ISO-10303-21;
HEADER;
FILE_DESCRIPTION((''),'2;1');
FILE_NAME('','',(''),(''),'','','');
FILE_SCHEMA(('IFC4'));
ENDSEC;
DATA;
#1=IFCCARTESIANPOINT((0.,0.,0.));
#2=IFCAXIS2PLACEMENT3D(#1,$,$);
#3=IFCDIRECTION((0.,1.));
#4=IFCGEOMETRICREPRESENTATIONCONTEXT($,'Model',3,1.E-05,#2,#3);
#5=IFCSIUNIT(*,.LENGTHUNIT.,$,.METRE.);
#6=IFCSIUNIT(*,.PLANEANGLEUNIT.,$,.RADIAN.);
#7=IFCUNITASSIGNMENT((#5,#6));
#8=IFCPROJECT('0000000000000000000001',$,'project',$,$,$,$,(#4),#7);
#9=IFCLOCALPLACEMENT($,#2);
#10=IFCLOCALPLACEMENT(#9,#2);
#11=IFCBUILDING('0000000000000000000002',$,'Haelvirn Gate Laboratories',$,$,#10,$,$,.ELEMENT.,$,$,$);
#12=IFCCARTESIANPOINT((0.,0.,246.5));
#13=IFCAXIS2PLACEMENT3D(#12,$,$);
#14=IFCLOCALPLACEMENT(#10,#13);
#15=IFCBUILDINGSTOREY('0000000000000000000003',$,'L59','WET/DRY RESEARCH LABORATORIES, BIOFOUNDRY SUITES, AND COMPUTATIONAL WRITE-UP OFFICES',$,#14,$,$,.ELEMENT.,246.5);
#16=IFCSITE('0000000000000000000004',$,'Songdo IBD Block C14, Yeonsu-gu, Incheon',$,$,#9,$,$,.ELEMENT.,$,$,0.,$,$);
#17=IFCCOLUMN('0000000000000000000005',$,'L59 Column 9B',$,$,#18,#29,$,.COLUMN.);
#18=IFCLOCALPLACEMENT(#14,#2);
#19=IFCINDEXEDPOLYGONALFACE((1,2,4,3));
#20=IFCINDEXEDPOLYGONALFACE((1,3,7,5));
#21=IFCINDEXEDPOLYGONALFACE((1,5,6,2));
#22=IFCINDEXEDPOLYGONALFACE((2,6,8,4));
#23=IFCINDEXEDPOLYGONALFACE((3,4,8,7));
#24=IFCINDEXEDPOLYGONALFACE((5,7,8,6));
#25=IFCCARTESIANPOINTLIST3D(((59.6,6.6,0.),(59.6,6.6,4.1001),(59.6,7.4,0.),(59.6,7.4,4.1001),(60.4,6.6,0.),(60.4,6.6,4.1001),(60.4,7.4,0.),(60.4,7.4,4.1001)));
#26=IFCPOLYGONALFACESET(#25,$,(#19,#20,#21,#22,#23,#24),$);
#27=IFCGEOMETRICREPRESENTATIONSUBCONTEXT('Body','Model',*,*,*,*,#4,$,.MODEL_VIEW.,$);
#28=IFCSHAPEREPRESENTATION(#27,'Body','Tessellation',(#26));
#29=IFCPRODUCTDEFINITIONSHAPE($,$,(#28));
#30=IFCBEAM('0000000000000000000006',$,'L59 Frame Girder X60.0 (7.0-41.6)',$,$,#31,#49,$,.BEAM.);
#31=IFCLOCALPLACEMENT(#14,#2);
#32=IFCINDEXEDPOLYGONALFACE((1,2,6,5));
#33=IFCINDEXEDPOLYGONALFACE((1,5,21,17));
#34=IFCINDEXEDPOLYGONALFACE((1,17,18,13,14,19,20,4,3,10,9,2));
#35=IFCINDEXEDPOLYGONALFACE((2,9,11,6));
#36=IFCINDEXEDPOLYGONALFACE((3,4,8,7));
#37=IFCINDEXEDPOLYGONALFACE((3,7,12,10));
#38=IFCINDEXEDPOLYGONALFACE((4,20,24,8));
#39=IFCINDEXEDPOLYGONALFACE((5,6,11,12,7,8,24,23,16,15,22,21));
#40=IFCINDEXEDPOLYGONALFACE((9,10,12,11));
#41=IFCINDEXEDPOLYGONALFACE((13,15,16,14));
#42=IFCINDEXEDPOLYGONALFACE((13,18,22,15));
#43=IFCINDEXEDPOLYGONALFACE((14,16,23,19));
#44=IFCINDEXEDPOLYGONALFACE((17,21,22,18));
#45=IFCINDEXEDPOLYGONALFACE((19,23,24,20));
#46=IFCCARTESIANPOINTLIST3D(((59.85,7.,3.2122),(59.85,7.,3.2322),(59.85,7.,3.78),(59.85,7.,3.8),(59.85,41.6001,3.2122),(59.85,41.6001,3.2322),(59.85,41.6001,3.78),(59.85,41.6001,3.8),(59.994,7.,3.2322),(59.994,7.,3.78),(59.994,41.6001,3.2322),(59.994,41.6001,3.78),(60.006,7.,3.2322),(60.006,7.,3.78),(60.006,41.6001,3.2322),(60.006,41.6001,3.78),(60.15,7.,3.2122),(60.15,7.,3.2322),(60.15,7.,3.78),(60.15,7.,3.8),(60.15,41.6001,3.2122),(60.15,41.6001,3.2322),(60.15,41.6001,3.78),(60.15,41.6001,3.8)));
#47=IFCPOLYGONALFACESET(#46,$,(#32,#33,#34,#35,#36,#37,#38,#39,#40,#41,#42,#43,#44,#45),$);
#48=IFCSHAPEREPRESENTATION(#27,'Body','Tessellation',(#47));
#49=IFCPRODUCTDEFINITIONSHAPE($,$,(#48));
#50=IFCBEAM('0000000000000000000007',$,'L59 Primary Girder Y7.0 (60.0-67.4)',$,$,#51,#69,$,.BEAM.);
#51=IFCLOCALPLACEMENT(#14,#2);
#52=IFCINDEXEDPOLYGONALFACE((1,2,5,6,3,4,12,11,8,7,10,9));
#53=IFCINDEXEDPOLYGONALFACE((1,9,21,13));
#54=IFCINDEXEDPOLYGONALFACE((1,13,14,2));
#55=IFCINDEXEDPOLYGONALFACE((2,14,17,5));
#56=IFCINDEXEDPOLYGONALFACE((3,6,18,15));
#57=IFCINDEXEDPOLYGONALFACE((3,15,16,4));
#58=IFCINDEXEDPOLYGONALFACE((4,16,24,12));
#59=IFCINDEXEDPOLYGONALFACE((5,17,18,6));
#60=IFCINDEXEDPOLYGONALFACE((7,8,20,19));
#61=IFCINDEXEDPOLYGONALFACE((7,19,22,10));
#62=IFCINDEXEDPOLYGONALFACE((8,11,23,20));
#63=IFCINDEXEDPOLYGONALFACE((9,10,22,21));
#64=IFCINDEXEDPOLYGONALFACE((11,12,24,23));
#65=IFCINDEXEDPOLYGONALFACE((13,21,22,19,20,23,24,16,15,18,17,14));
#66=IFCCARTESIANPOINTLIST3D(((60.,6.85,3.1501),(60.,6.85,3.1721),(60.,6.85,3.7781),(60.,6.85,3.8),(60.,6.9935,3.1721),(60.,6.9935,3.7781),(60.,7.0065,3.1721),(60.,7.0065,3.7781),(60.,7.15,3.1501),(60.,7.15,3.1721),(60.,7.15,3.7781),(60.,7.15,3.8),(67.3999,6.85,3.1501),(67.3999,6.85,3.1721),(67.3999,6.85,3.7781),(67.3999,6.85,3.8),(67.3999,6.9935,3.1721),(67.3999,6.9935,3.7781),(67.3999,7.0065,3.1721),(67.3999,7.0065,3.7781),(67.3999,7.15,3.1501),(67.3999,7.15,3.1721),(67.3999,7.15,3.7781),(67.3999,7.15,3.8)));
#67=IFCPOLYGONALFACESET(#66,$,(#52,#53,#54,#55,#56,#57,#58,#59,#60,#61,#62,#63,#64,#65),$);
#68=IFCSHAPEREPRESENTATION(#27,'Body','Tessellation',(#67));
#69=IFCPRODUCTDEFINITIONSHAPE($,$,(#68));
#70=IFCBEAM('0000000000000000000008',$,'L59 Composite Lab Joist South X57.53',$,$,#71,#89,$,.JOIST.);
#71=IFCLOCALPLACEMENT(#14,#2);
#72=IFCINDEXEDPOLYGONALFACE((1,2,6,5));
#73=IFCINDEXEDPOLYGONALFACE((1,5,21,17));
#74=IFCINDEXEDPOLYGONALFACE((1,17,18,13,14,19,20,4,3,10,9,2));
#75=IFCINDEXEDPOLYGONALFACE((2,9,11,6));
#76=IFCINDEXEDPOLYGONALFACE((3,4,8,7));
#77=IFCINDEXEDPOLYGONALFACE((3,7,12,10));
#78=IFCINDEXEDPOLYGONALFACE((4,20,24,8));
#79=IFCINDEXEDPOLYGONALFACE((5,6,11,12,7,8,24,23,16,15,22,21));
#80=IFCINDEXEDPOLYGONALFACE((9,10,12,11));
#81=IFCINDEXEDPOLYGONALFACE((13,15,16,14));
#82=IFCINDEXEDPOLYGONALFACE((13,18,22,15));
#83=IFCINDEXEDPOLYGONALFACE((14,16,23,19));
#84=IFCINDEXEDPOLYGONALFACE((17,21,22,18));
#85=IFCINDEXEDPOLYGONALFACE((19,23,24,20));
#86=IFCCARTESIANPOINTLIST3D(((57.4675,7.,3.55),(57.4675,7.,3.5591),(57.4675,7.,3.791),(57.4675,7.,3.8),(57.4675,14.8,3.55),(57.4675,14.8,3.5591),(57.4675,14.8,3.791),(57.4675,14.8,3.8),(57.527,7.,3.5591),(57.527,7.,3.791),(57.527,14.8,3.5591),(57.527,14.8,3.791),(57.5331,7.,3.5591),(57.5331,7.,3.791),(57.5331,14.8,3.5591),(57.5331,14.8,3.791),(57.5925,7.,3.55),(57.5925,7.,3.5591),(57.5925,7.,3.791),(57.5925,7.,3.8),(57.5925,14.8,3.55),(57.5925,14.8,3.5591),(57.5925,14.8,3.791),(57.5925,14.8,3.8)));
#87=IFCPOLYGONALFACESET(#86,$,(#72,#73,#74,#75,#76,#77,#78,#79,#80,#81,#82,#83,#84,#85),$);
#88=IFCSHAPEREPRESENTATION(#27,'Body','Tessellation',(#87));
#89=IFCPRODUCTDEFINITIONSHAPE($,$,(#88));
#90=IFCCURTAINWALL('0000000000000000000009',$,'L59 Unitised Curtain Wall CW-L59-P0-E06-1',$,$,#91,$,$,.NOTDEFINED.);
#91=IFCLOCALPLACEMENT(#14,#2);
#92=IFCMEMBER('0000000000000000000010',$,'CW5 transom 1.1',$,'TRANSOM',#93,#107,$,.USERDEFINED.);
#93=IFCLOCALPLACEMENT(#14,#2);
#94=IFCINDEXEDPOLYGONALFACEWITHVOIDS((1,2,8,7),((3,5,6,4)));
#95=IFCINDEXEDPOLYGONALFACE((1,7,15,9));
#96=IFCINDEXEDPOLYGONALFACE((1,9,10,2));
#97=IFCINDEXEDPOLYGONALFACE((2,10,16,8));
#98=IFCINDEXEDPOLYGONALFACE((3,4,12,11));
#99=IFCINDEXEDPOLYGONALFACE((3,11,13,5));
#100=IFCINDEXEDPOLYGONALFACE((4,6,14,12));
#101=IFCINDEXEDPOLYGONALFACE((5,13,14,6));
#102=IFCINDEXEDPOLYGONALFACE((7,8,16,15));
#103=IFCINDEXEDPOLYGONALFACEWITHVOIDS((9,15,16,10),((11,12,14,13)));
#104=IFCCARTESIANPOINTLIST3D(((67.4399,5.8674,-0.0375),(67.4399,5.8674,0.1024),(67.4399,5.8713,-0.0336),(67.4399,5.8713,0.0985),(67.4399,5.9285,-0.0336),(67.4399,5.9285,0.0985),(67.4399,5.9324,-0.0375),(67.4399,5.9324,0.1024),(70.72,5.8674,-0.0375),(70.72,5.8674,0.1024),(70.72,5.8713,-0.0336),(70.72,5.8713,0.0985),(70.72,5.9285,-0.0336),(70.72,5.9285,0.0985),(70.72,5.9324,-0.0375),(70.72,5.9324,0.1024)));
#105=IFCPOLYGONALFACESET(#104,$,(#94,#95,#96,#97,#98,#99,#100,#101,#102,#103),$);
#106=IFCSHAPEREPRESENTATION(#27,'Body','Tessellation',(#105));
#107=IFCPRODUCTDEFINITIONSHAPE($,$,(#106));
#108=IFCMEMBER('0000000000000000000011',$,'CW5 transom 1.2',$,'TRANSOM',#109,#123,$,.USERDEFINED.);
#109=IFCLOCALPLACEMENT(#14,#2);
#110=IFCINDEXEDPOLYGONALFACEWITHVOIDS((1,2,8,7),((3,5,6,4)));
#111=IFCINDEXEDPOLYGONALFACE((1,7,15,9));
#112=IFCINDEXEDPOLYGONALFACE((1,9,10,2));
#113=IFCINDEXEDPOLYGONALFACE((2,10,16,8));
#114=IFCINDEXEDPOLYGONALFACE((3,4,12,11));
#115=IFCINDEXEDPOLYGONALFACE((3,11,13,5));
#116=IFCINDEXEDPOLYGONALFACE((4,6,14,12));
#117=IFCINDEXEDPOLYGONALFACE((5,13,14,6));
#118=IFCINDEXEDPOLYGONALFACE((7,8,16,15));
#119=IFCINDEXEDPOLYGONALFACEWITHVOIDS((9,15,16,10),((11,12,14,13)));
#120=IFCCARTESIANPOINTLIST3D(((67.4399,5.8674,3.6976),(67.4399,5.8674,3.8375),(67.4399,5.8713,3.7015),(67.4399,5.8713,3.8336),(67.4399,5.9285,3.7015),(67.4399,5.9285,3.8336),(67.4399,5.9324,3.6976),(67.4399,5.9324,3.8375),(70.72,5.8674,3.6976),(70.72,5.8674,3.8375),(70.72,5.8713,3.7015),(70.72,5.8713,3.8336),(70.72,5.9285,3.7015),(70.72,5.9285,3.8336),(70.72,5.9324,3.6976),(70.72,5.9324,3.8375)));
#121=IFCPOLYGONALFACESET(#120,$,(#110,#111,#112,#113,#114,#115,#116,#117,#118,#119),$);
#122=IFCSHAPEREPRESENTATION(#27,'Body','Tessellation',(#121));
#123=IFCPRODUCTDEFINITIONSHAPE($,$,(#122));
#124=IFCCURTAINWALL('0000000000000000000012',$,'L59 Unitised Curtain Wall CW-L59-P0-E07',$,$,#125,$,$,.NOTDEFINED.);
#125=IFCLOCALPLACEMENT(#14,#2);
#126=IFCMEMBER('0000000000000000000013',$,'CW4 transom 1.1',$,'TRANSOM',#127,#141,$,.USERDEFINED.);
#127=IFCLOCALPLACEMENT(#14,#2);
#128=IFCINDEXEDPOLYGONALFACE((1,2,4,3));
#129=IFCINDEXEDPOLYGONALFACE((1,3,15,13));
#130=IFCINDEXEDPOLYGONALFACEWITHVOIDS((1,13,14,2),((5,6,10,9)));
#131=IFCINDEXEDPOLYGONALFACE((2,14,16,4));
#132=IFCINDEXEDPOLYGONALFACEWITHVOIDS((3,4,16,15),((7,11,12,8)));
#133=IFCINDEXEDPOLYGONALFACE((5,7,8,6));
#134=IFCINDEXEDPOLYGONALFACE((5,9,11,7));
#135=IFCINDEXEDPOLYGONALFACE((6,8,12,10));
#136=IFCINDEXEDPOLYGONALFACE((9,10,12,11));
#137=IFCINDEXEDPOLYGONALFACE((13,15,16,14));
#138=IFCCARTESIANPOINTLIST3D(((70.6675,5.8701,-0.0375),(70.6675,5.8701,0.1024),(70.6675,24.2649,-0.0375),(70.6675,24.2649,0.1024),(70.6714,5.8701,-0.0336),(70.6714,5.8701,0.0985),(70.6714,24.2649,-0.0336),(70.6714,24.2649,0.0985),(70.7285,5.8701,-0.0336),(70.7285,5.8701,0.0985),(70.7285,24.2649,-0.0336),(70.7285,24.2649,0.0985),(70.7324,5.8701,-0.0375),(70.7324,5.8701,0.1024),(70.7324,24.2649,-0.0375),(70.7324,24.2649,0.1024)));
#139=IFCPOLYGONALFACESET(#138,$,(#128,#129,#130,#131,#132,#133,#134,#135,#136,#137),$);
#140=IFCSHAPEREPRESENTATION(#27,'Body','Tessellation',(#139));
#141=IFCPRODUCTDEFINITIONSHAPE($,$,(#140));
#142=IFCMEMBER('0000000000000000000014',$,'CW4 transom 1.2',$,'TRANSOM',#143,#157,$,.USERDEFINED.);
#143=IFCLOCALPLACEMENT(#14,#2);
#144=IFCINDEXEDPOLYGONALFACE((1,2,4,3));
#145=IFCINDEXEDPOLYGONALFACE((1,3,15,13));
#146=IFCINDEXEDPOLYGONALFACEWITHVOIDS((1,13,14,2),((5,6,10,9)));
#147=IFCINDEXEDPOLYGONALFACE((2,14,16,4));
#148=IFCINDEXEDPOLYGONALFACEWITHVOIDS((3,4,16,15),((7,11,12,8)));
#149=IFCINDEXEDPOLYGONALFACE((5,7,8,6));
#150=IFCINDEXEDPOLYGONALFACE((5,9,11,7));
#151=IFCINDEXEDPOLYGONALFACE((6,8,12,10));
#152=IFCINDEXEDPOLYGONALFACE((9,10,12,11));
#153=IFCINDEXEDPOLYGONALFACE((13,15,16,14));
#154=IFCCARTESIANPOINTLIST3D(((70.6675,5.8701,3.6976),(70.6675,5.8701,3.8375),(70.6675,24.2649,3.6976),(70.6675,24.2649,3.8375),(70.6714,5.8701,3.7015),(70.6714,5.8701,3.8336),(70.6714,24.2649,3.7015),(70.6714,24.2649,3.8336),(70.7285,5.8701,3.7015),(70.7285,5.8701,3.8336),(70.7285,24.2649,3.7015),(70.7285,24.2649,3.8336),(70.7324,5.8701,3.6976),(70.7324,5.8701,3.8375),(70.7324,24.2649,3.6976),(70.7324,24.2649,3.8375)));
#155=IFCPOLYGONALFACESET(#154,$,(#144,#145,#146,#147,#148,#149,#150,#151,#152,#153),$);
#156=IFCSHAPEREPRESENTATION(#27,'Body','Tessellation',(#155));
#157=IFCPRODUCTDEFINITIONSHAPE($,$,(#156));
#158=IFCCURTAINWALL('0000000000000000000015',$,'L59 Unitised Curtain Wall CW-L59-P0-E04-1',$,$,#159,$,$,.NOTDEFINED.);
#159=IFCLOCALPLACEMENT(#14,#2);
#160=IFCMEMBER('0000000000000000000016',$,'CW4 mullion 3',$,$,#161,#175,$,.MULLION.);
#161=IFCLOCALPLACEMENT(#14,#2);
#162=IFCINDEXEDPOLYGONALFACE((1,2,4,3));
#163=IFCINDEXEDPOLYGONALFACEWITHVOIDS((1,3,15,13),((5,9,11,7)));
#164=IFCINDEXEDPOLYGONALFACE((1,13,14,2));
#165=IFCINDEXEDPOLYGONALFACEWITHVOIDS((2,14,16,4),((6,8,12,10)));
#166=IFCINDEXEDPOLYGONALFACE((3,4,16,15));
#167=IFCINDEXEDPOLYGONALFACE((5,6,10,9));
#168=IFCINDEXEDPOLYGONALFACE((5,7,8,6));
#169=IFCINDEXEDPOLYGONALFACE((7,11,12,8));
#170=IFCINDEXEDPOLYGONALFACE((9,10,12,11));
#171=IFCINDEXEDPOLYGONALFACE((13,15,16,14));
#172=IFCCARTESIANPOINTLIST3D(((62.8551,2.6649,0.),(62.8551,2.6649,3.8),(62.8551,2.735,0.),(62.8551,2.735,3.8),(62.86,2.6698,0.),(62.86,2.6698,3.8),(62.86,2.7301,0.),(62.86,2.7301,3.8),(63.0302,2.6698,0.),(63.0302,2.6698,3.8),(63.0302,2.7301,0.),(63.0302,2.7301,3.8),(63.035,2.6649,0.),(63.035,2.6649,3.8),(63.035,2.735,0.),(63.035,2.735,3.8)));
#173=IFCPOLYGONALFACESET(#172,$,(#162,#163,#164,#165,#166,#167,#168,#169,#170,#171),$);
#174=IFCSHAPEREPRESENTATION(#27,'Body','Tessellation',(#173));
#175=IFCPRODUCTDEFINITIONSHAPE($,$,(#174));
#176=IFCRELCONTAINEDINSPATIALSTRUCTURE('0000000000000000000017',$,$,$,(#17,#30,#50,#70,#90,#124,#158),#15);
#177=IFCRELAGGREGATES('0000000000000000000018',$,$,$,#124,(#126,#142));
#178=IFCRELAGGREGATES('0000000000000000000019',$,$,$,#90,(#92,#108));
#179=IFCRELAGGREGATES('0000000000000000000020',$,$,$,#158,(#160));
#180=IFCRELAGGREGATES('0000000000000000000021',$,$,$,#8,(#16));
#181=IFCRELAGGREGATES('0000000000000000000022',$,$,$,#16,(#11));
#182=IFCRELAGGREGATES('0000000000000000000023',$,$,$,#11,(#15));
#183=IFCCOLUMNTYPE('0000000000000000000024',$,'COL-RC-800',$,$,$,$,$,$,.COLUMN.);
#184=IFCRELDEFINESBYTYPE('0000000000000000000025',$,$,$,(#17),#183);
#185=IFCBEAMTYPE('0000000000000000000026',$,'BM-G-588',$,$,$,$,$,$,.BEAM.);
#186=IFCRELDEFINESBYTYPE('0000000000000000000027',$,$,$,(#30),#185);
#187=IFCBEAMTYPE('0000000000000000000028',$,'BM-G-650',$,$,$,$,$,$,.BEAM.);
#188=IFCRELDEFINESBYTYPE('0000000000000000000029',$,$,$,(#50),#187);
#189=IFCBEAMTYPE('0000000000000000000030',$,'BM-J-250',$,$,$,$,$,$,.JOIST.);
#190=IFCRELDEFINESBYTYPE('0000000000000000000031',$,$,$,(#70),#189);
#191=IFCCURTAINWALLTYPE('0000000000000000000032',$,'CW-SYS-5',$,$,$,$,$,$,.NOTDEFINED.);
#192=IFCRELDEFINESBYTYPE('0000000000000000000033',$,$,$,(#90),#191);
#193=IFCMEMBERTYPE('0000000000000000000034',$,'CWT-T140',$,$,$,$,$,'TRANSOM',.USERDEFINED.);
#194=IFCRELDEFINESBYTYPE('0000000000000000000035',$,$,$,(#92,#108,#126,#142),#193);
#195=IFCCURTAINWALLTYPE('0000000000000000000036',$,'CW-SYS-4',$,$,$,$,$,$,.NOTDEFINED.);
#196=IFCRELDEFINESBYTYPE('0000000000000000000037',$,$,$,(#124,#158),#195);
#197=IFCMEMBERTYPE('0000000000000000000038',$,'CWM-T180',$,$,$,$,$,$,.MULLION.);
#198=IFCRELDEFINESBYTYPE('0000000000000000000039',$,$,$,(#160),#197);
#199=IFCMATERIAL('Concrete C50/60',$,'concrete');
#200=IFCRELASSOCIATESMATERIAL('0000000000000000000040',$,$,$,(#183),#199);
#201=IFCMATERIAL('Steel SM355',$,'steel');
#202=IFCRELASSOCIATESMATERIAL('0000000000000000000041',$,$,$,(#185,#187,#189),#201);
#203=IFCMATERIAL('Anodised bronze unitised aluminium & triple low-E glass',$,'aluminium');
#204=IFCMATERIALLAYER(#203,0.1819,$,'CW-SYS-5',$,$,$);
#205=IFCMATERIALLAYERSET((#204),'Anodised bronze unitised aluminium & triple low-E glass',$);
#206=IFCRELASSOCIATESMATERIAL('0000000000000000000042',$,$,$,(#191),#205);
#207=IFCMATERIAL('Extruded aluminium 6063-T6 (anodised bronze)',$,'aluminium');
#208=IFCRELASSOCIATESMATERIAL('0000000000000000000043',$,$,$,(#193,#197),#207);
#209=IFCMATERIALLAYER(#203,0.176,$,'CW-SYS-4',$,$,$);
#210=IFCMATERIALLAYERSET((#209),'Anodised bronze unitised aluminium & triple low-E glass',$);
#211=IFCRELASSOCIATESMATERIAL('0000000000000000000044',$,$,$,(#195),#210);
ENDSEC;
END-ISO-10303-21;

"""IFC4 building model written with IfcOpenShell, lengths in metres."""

from ifc_helpers import new_model, si_unit, direction, frame, origin, origin_2d, place, context, subcontext, project, spatial, rectangle, hollow_rectangle, i_section, extrude, source, transform, mapped, material, layer, layer_set, material_profile, profile_set, type_object, type_shapes, element, aggregate, save


model = new_model("IFC4")

# Units and contexts
model_context = context("Model", 3, precision=1e-05, world=origin(), true_north=direction((0.0, 1.0)))
body_context = subcontext(model_context, "Body", "Model", "MODEL_VIEW")
ifc_project = project(units=[si_unit("LENGTHUNIT", "METRE"), si_unit("PLANEANGLEUNIT", "RADIAN")], contexts=[model_context])

# Site, building, storey
site_placement = place(None, origin())
site = spatial("IfcSite", under=ifc_project, at=site_placement, Name="Songdo IBD Block C14, Yeonsu-gu, Incheon", CompositionType="ELEMENT", RefElevation=0.0)
building_placement = place(site_placement, origin())
building = spatial("IfcBuilding", under=site, at=building_placement, Name="Haelvirn Gate Laboratories", CompositionType="ELEMENT")
storey_placement = place(building_placement, frame((0.0, 0.0, 246.5)))
storey = spatial("IfcBuildingStorey", under=building, at=storey_placement, Name="L59", Description="WET/DRY RESEARCH LABORATORIES, BIOFOUNDRY SUITES, AND COMPUTATIONAL WRITE-UP OFFICES", CompositionType="ELEMENT", Elevation=246.5)

# Column
ifc_material_1 = material(Name="Concrete C50/60", Category="concrete")
ifc_material_profile_1 = material_profile(ifc_material_1, rectangle(XDim=0.8, YDim=0.8, at=origin_2d()), Name="RC-800x800")
ifc_profile_set_1 = profile_set([ifc_material_profile_1], Name="Concrete C50/60")
column_type = type_object("IfcColumnType", Name="COL-RC-800", PredefinedType="COLUMN", material=ifc_profile_set_1)
shared_shape_1 = source(origin(), body_context, "Body", "SweptSolid", [
    extrude(rectangle(XDim=0.8, YDim=0.8, at=origin_2d()), origin(), (0.0, 0.0, 1.0), 4.1001),
])
type_shapes(column_type, [shared_shape_1])
column_placement = place(storey_placement, frame((60.0, 7.0, 0.0), z_axis=(0.0, 0.0, 1.0), x_axis=(1.0, 0.0, 0.0)))
element("IfcColumn", 1, at=column_placement, inside=storey, type_object=column_type, Name="L59 Column 9B", PredefinedType="COLUMN", context=body_context, shape_type="MappedRepresentation", body=[
    mapped(shared_shape_1, transform((0.0, 0.0, 0.0), scale=1.0)),
])

# Beams
ifc_material_2 = material(Name="Steel SM355", Category="steel")
ifc_material_profile_2 = material_profile(ifc_material_2, i_section(OverallWidth=0.3, OverallDepth=0.5879, WebThickness=0.012, FlangeThickness=0.02, at=origin_2d()), Name="H-588x300x12x20")
ifc_profile_set_2 = profile_set([ifc_material_profile_2], Name="Steel SM355")
beam_type_1 = type_object("IfcBeamType", Name="BM-G-588", PredefinedType="BEAM", material=ifc_profile_set_2)
shared_shape_2 = source(origin(), body_context, "Body", "SweptSolid", [
    extrude(i_section(OverallWidth=0.3, OverallDepth=0.5879, WebThickness=0.012, FlangeThickness=0.02, at=origin_2d()), origin(), (0.0, 0.0, 1.0), 34.6001),
])
type_shapes(beam_type_1, [shared_shape_2])
beam_1_placement = place(storey_placement, frame((60.0, 7.0, 3.5061), z_axis=(0.0, 1.0, 0.0), x_axis=(-1.0, 0.0, 0.0)))
element("IfcBeam", 2, at=beam_1_placement, inside=storey, type_object=beam_type_1, Name="L59 Frame Girder X60.0 (7.0-41.6)", PredefinedType="BEAM", context=body_context, shape_type="MappedRepresentation", body=[
    mapped(shared_shape_2, transform((0.0, 0.0, 0.0), scale=1.0)),
])
ifc_material_profile_3 = material_profile(ifc_material_2, i_section(OverallWidth=0.3, OverallDepth=0.6499, WebThickness=0.0129, FlangeThickness=0.022, at=origin_2d()), Name="H-650x300x13x22")
ifc_profile_set_3 = profile_set([ifc_material_profile_3], Name="Steel SM355")
beam_type_2 = type_object("IfcBeamType", Name="BM-G-650", PredefinedType="BEAM", material=ifc_profile_set_3)
shared_shape_3 = source(origin(), body_context, "Body", "SweptSolid", [
    extrude(i_section(OverallWidth=0.3, OverallDepth=0.6499, WebThickness=0.0129, FlangeThickness=0.022, at=origin_2d()), origin(), (0.0, 0.0, 1.0), 7.3999),
])
type_shapes(beam_type_2, [shared_shape_3])
beam_2_placement = place(storey_placement, frame((60.0, 7.0, 3.4751), z_axis=(1.0, 0.0, 0.0), x_axis=(0.0, 1.0, 0.0)))
element("IfcBeam", 3, at=beam_2_placement, inside=storey, type_object=beam_type_2, Name="L59 Primary Girder Y7.0 (60.0-67.4)", PredefinedType="BEAM", context=body_context, shape_type="MappedRepresentation", body=[
    mapped(shared_shape_3, transform((0.0, 0.0, 0.0), scale=1.0)),
])
ifc_material_profile_4 = material_profile(ifc_material_2, i_section(OverallWidth=0.125, OverallDepth=0.25, WebThickness=0.0061, FlangeThickness=0.009, at=origin_2d()), Name="H-250x125x6x9")
ifc_profile_set_4 = profile_set([ifc_material_profile_4], Name="Steel SM355")
beam_type_3 = type_object("IfcBeamType", Name="BM-J-250", PredefinedType="JOIST", material=ifc_profile_set_4)
shared_shape_4 = source(origin(), body_context, "Body", "SweptSolid", [
    extrude(i_section(OverallWidth=0.125, OverallDepth=0.25, WebThickness=0.0061, FlangeThickness=0.009, at=origin_2d()), origin(), (0.0, 0.0, 1.0), 7.8),
])
type_shapes(beam_type_3, [shared_shape_4])
beam_3_placement = place(storey_placement, frame((57.53, 7.0, 3.675), z_axis=(0.0, 1.0, 0.0), x_axis=(-1.0, 0.0, 0.0)))
element("IfcBeam", 4, at=beam_3_placement, inside=storey, type_object=beam_type_3, Name="L59 Composite Lab Joist South X57.53", PredefinedType="JOIST", context=body_context, shape_type="MappedRepresentation", body=[
    mapped(shared_shape_4, transform((0.0, 0.0, 0.0), scale=1.0)),
])

# Curtain walls, members
ifc_material_3 = material(Name="Anodised bronze unitised aluminium & triple low-E glass", Category="aluminium")
ifc_layer_1 = layer(ifc_material_3, 0.1819, Name="CW-SYS-5")
ifc_layer_set_1 = layer_set([ifc_layer_1], Name="Anodised bronze unitised aluminium & triple low-E glass")
curtain_wall_type_1 = type_object("IfcCurtainWallType", Name="CW-SYS-5", PredefinedType="NOTDEFINED", material=ifc_layer_set_1)
curtain_wall_1_placement = place(storey_placement, origin())
curtain_wall_1 = element("IfcCurtainWall", 5, at=curtain_wall_1_placement, inside=storey, type_object=curtain_wall_type_1, Name="L59 Unitised Curtain Wall CW-L59-P0-E06-1", PredefinedType="NOTDEFINED")
ifc_material_4 = material(Name="Extruded aluminium 6063-T6 (anodised bronze)", Category="aluminium")
ifc_material_profile_5 = material_profile(ifc_material_4, hollow_rectangle(XDim=0.0649, YDim=0.1399, WallThickness=0.0039, at=origin_2d()), Name="CWT-140x65x4")
ifc_profile_set_5 = profile_set([ifc_material_profile_5], Name="Extruded aluminium 6063-T6 (anodised bronze)")
member_type_1 = type_object("IfcMemberType", Name="CWT-T140", ElementType="TRANSOM", PredefinedType="USERDEFINED", material=ifc_profile_set_5)
shared_shape_5 = source(origin(), body_context, "Body", "SweptSolid", [
    extrude(hollow_rectangle(XDim=0.0649, YDim=0.1399, WallThickness=0.0039, at=origin_2d()), origin(), (0.0, 0.0, 1.0), 3.28),
])
member_1_placement = place(storey_placement, frame((67.4399, 5.8999, 0.0325), z_axis=(1.0, 0.0, 0.0), x_axis=(0.0, 1.0, 0.0)))
member_1 = element("IfcMember", 6, at=member_1_placement, type_object=member_type_1, Name="CW5 transom 1.1", ObjectType="TRANSOM", PredefinedType="USERDEFINED", context=body_context, shape_type="MappedRepresentation", body=[
    mapped(shared_shape_5, transform((0.0, 0.0, 0.0), scale=1.0)),
])
member_2_placement = place(storey_placement, frame((67.4399, 5.8999, 3.7676), z_axis=(1.0, 0.0, 0.0), x_axis=(0.0, 1.0, 0.0)))
member_2 = element("IfcMember", 7, at=member_2_placement, type_object=member_type_1, Name="CW5 transom 1.2", ObjectType="TRANSOM", PredefinedType="USERDEFINED", context=body_context, shape_type="MappedRepresentation", body=[
    mapped(shared_shape_5, transform((0.0, 0.0, 0.0), scale=1.0)),
])
ifc_layer_2 = layer(ifc_material_3, 0.176, Name="CW-SYS-4")
ifc_layer_set_2 = layer_set([ifc_layer_2], Name="Anodised bronze unitised aluminium & triple low-E glass")
curtain_wall_type_2 = type_object("IfcCurtainWallType", Name="CW-SYS-4", PredefinedType="NOTDEFINED", material=ifc_layer_set_2)
curtain_wall_2_placement = place(storey_placement, origin())
curtain_wall_2 = element("IfcCurtainWall", 8, at=curtain_wall_2_placement, inside=storey, type_object=curtain_wall_type_2, Name="L59 Unitised Curtain Wall CW-L59-P0-E07", PredefinedType="NOTDEFINED")
shared_shape_6 = source(origin(), body_context, "Body", "SweptSolid", [
    extrude(hollow_rectangle(XDim=0.0649, YDim=0.1399, WallThickness=0.0039, at=origin_2d()), origin(), (0.0, 0.0, 1.0), 18.3948),
])
member_3_placement = place(storey_placement, frame((70.7, 5.8701, 0.0325), z_axis=(0.0, 1.0, 0.0), x_axis=(-1.0, 0.0, 0.0)))
member_3 = element("IfcMember", 9, at=member_3_placement, type_object=member_type_1, Name="CW4 transom 1.1", ObjectType="TRANSOM", PredefinedType="USERDEFINED", context=body_context, shape_type="MappedRepresentation", body=[
    mapped(shared_shape_6, transform((0.0, 0.0, 0.0), scale=1.0)),
])
member_4_placement = place(storey_placement, frame((70.7, 5.8701, 3.7676), z_axis=(0.0, 1.0, 0.0), x_axis=(-1.0, 0.0, 0.0)))
member_4 = element("IfcMember", 10, at=member_4_placement, type_object=member_type_1, Name="CW4 transom 1.2", ObjectType="TRANSOM", PredefinedType="USERDEFINED", context=body_context, shape_type="MappedRepresentation", body=[
    mapped(shared_shape_6, transform((0.0, 0.0, 0.0), scale=1.0)),
])

# Curtain wall, member
curtain_wall_3_placement = place(storey_placement, origin())
curtain_wall_3 = element("IfcCurtainWall", 11, at=curtain_wall_3_placement, inside=storey, type_object=curtain_wall_type_2, Name="L59 Unitised Curtain Wall CW-L59-P0-E04-1", PredefinedType="NOTDEFINED")
ifc_material_profile_6 = material_profile(ifc_material_4, hollow_rectangle(XDim=0.0701, YDim=0.1799, WallThickness=0.0049, at=origin_2d()), Name="CWM-180x70x5")
ifc_profile_set_6 = profile_set([ifc_material_profile_6], Name="Extruded aluminium 6063-T6 (anodised bronze)")
member_type_2 = type_object("IfcMemberType", Name="CWM-T180", PredefinedType="MULLION", material=ifc_profile_set_6)
shared_shape_7 = source(origin(), body_context, "Body", "SweptSolid", [
    extrude(hollow_rectangle(XDim=0.0701, YDim=0.1799, WallThickness=0.0049, at=origin_2d()), origin(), (0.0, 0.0, 1.0), 3.8),
])
type_shapes(member_type_2, [shared_shape_7])
member_5_placement = place(storey_placement, frame((62.9451, 2.7, 0.0), z_axis=(0.0, 0.0, 1.0), x_axis=(0.0, 1.0, 0.0)))
member_5 = element("IfcMember", 12, at=member_5_placement, type_object=member_type_2, Name="CW4 mullion 3", PredefinedType="MULLION", context=body_context, shape_type="MappedRepresentation", body=[
    mapped(shared_shape_7, transform((0.0, 0.0, 0.0), scale=1.0)),
])

aggregate(curtain_wall_2, [member_3, member_4])

aggregate(curtain_wall_1, [member_1, member_2])
aggregate(curtain_wall_3, [member_5])

save(model, "model.ifc")
